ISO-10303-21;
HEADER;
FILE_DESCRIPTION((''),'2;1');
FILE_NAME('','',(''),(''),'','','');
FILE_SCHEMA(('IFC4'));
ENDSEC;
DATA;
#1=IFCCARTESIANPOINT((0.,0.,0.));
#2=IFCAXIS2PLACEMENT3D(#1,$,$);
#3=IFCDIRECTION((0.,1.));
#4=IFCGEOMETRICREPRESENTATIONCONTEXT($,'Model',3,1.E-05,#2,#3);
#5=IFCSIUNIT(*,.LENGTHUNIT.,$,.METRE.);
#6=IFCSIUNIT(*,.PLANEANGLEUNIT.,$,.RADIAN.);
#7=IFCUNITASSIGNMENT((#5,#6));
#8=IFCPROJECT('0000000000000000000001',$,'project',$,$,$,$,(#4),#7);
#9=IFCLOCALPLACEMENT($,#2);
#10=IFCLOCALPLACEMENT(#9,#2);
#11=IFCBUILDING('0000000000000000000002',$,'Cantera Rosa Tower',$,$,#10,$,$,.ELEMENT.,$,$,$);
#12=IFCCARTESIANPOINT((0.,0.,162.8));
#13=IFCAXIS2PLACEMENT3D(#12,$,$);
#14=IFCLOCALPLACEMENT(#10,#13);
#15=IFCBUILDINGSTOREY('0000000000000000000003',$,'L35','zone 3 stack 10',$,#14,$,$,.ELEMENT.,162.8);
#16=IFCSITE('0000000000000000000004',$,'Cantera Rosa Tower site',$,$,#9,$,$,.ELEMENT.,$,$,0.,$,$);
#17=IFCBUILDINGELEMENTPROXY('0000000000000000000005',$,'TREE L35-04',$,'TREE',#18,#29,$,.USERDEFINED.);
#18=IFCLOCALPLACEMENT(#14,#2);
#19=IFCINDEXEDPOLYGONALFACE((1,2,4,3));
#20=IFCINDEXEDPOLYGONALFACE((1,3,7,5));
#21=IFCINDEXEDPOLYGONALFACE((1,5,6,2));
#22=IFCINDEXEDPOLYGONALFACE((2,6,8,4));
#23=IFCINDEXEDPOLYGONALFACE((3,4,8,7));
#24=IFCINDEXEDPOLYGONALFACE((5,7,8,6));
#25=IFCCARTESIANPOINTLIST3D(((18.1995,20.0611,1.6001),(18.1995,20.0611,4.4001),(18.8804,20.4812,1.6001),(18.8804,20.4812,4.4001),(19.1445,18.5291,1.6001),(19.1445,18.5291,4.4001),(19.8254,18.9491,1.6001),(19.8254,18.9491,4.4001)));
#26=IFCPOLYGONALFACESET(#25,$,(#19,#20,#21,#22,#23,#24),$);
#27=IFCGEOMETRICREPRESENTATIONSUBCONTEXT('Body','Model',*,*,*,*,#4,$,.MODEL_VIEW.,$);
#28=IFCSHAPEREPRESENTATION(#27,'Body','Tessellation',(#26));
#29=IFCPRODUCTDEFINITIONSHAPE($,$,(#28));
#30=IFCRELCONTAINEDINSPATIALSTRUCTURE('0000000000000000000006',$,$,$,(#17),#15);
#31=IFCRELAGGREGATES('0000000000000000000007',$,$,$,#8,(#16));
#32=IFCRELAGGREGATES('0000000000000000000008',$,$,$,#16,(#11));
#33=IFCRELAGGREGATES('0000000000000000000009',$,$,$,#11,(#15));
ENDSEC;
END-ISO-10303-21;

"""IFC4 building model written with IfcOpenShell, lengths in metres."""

from ifc_helpers import new_model, si_unit, direction, frame, origin, origin_2d, place, context, subcontext, project, spatial, rectangle, extrude, element, save


model = new_model("IFC4")

# Units and contexts
model_context = context("Model", 3, precision=1e-05, world=origin(), true_north=direction((0.0, 1.0)))
body_context = subcontext(model_context, "Body", "Model", "MODEL_VIEW")
ifc_project = project(units=[si_unit("LENGTHUNIT", "METRE"), si_unit("PLANEANGLEUNIT", "RADIAN")], contexts=[model_context])

# Site, building, storey
site_placement = place(None, origin())
site = spatial("IfcSite", under=ifc_project, at=site_placement, Name="Cantera Rosa Tower site", CompositionType="ELEMENT", RefElevation=0.0)
building_placement = place(site_placement, origin())
building = spatial("IfcBuilding", under=site, at=building_placement, Name="Cantera Rosa Tower", CompositionType="ELEMENT")
storey_placement = place(building_placement, frame((0.0, 0.0, 162.8)))
storey = spatial("IfcBuildingStorey", under=building, at=storey_placement, Name="L35", Description="zone 3 stack 10", CompositionType="ELEMENT", Elevation=162.8)

# Building element proxy
proxy_placement = place(storey_placement, frame((19.0125, 19.5051, 1.6001), z_axis=(0.0, 0.0, 1.0), x_axis=(-0.524977, 0.851117, 0.0)))
element("IfcBuildingElementProxy", 1, at=proxy_placement, inside=storey, Name="TREE L35-04", ObjectType="TREE", PredefinedType="USERDEFINED", context=body_context, shape_type="SweptSolid", body=[
    extrude(rectangle(XDim=1.8, YDim=0.8, at=origin_2d()), origin(), (0.0, 0.0, 1.0), 2.8),
])

save(model, "model.ifc")
